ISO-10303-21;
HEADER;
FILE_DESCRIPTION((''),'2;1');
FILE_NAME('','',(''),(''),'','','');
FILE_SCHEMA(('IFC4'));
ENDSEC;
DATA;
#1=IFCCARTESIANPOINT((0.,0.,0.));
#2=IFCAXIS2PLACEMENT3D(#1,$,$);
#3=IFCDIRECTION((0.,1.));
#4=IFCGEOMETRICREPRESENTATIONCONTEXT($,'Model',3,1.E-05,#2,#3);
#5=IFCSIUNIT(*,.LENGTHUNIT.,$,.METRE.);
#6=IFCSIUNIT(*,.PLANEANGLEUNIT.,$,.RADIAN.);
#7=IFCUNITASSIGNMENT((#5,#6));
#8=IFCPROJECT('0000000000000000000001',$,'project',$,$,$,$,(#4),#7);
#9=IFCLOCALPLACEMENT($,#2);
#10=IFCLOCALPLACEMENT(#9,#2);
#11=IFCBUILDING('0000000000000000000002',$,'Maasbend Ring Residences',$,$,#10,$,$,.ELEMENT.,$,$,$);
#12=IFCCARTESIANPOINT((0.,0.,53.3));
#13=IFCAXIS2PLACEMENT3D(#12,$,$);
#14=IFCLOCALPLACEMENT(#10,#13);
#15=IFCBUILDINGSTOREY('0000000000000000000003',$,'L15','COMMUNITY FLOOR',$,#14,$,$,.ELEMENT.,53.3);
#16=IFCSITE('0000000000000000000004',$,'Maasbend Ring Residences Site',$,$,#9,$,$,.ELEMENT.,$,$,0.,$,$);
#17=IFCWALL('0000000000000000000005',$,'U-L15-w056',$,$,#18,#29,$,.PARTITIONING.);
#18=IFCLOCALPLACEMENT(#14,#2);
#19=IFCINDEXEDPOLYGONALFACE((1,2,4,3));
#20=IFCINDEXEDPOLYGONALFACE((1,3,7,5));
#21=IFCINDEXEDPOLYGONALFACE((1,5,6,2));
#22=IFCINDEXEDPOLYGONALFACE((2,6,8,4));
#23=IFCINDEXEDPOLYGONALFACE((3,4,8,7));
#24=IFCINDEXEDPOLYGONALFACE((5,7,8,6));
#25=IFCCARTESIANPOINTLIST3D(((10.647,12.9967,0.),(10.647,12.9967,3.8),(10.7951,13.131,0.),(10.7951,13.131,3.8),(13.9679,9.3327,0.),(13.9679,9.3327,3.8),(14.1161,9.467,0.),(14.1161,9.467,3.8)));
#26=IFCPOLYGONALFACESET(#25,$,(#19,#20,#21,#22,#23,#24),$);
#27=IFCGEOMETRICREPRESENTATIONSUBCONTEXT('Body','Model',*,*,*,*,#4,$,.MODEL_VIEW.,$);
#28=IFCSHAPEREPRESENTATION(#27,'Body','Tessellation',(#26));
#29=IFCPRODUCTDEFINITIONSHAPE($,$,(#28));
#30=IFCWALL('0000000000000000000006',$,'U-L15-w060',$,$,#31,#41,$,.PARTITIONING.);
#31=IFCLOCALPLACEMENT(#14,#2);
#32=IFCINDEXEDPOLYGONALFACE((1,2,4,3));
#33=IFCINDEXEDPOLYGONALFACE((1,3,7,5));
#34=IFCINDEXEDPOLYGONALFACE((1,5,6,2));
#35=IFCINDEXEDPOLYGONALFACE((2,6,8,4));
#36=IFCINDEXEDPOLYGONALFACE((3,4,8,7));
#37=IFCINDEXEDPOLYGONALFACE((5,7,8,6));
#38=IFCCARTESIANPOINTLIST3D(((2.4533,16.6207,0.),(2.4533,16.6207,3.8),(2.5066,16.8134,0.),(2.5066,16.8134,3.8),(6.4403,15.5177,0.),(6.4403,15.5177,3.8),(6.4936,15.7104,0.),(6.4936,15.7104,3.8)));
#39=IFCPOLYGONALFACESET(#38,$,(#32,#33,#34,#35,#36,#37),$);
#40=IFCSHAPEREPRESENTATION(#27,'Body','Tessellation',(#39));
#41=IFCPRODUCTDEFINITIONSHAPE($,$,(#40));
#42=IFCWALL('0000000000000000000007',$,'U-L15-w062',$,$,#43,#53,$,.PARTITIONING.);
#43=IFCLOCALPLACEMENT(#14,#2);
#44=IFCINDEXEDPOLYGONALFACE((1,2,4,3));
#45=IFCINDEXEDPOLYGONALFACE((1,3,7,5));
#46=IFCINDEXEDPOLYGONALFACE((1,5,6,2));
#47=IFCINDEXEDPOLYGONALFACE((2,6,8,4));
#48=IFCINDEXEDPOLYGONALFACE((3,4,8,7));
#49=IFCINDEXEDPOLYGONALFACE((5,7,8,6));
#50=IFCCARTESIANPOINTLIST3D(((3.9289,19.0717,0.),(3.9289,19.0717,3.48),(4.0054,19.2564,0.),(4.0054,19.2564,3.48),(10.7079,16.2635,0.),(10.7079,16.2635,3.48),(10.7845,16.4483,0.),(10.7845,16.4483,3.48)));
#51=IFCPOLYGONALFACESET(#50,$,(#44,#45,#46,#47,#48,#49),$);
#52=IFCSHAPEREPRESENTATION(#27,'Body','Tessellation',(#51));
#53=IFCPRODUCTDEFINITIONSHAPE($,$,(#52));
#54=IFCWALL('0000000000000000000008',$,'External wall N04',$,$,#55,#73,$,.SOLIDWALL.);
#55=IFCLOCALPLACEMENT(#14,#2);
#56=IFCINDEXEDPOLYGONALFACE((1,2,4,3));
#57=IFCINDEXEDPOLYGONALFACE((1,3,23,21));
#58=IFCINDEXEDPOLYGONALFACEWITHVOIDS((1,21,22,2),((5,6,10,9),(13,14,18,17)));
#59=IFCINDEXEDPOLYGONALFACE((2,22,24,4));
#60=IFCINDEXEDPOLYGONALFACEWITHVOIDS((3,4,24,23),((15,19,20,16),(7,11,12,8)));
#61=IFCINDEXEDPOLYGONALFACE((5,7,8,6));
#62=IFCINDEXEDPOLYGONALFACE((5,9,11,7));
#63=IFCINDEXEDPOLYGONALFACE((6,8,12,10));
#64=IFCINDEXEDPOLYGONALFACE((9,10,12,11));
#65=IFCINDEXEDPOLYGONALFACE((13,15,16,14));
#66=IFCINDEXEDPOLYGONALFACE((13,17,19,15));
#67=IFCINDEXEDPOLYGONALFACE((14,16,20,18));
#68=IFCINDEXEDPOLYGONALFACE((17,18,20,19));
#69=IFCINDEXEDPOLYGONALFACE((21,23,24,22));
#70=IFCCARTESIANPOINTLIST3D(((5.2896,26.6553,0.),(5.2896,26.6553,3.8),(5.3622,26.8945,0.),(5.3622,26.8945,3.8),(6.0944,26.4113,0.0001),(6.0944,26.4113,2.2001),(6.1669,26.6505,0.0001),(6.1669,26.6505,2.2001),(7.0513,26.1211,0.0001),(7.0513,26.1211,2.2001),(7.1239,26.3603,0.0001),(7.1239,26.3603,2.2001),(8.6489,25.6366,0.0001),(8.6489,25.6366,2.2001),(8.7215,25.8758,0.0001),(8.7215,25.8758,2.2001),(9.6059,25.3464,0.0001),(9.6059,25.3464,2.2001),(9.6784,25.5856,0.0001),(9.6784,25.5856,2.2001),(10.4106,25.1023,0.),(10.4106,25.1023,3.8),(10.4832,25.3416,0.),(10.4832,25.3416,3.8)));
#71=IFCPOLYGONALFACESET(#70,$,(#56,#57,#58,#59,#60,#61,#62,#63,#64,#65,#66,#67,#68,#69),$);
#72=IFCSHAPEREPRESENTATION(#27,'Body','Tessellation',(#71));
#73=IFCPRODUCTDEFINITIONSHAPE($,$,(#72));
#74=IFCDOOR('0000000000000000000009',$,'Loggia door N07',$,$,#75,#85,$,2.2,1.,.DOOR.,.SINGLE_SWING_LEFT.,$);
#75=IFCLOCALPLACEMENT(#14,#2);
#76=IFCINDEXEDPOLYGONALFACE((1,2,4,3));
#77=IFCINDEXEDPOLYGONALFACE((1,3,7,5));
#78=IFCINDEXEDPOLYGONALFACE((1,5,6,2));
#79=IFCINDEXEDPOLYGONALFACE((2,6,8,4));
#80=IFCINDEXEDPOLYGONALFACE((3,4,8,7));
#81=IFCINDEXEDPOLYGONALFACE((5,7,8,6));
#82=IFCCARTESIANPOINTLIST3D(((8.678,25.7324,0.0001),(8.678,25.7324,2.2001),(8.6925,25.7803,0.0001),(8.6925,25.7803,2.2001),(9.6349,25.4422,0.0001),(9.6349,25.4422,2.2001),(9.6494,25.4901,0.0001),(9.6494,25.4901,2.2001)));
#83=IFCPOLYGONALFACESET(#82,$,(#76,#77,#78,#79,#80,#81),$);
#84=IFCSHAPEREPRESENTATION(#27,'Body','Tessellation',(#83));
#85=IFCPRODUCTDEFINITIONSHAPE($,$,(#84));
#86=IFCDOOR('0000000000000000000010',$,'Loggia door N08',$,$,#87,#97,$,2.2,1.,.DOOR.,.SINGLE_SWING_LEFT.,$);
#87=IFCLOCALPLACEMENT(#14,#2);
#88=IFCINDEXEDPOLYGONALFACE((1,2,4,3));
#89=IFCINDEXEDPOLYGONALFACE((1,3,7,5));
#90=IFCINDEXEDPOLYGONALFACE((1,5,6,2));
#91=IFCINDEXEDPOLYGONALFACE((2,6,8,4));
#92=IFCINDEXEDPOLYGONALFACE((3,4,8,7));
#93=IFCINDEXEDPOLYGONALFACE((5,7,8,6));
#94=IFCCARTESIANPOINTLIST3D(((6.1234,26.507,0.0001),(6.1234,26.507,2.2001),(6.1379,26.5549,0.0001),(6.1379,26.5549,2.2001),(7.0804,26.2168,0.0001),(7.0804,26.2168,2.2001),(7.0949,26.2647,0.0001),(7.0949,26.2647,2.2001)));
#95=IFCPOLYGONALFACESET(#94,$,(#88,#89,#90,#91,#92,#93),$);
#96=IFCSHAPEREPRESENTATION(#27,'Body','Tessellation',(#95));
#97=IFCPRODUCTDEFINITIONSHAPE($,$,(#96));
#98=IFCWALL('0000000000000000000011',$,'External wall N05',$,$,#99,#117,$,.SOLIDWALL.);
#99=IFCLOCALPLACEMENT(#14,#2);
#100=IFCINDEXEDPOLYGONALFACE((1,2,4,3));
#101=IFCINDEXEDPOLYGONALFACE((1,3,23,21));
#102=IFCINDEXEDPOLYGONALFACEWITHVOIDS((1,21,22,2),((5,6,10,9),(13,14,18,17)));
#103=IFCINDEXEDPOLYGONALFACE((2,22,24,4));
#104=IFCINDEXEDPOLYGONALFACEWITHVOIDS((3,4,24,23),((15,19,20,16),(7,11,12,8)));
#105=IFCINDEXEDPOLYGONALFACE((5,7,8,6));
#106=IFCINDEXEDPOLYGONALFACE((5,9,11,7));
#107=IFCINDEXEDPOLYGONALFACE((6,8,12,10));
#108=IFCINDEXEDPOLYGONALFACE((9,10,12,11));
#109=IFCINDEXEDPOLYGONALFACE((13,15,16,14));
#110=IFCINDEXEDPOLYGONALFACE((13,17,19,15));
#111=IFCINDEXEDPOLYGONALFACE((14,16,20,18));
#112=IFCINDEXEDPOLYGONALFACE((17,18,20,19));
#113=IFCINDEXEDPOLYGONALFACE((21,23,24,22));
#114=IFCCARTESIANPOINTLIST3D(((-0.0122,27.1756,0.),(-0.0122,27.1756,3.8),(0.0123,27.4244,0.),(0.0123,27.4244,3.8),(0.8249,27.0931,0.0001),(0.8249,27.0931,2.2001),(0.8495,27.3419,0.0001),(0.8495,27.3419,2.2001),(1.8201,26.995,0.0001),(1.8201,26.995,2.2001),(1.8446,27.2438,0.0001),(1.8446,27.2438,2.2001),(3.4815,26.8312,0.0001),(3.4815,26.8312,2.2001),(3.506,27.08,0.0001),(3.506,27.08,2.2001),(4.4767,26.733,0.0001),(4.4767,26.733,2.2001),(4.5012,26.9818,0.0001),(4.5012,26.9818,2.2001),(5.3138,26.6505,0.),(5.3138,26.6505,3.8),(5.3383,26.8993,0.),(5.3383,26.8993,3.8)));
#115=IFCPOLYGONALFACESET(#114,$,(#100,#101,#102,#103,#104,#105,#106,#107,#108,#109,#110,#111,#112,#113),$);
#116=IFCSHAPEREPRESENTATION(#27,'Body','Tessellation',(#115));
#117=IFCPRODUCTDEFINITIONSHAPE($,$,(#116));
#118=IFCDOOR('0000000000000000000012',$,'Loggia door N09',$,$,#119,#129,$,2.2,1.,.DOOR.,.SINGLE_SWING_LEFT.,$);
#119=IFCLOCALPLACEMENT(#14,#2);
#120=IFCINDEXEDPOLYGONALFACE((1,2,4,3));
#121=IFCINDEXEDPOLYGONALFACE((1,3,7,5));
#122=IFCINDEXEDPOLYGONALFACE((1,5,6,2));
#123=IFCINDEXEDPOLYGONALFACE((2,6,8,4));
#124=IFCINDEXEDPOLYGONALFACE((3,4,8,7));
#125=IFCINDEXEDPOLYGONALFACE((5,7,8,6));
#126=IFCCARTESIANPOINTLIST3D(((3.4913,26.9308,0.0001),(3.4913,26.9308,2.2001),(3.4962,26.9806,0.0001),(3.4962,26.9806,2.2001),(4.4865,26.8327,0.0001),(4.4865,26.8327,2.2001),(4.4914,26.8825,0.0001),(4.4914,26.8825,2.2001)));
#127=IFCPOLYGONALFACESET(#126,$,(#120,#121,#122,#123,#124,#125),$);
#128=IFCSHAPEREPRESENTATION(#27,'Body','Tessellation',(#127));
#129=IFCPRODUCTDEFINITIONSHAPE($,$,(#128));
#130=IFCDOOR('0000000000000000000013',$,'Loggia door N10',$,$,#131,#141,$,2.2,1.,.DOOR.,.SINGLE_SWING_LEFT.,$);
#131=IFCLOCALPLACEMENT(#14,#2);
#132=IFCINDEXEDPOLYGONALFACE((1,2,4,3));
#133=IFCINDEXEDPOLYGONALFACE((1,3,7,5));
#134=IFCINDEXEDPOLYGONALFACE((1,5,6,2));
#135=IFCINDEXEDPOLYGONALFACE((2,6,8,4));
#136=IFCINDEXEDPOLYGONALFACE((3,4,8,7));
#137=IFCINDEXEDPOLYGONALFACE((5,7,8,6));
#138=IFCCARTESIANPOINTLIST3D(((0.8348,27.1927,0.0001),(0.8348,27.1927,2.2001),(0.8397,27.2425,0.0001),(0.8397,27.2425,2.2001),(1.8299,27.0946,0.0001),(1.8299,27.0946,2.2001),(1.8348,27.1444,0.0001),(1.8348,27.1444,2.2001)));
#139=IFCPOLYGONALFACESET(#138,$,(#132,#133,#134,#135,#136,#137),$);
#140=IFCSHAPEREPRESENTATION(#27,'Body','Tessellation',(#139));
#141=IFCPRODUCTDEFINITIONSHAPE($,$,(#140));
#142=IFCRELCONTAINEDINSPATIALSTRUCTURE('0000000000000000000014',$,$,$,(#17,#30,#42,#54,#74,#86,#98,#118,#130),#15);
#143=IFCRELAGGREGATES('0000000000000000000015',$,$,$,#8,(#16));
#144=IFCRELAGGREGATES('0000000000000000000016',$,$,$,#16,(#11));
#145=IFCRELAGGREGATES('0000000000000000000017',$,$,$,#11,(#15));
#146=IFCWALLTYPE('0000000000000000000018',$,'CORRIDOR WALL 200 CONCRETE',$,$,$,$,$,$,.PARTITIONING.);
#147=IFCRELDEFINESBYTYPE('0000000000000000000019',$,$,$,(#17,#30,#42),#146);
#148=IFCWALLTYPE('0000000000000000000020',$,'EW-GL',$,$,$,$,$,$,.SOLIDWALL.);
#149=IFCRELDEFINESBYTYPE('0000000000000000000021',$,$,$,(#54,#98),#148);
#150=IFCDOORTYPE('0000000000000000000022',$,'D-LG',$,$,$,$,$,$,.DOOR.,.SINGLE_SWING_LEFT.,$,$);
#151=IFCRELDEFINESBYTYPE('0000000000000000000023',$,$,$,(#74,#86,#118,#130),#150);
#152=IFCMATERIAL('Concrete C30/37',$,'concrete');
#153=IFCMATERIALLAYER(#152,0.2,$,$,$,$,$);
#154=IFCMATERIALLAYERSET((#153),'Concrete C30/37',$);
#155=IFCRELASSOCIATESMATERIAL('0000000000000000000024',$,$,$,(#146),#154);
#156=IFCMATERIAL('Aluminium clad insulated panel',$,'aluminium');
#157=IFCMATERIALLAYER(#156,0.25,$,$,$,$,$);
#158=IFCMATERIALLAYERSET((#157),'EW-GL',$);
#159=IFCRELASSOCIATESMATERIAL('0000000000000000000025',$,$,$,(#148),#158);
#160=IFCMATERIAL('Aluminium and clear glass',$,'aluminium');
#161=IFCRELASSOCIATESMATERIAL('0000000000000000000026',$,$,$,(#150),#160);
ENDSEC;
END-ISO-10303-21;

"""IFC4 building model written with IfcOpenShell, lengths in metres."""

from ifc_helpers import new_model, si_unit, direction, frame, frame_2d, origin, place, context, subcontext, project, spatial, rectangle, extrude, material, layer, layer_set, type_object, element, fill, save


model = new_model("IFC4")

# Units and contexts
model_context = context("Model", 3, precision=1e-05, world=origin(), true_north=direction((0.0, 1.0)))
body_context = subcontext(model_context, "Body", "Model", "MODEL_VIEW")
ifc_project = project(units=[si_unit("LENGTHUNIT", "METRE"), si_unit("PLANEANGLEUNIT", "RADIAN")], contexts=[model_context])

# Site, building, storey
site_placement = place(None, origin())
site = spatial("IfcSite", under=ifc_project, at=site_placement, Name="Maasbend Ring Residences Site", CompositionType="ELEMENT", RefElevation=0.0)
building_placement = place(site_placement, origin())
building = spatial("IfcBuilding", under=site, at=building_placement, Name="Maasbend Ring Residences", CompositionType="ELEMENT")
storey_placement = place(building_placement, frame((0.0, 0.0, 53.3)))
storey = spatial("IfcBuildingStorey", under=building, at=storey_placement, Name="L15", Description="COMMUNITY FLOOR", CompositionType="ELEMENT", Elevation=53.3)

# Shared definitions
ifc_material_1 = material(Name="Concrete C30/37", Category="concrete")
ifc_layer_1 = layer(ifc_material_1, 0.2)
ifc_layer_set_1 = layer_set([ifc_layer_1], Name="Concrete C30/37")
wall_type_1 = type_object("IfcWallType", Name="CORRIDOR WALL 200 CONCRETE", PredefinedType="PARTITIONING", material=ifc_layer_set_1)

# Walls
wall_1_placement = place(storey_placement, frame((10.7209, 13.064, 0.0), z_axis=(0.0, 0.0, 1.0), x_axis=(0.671574, -0.740938, 0.0)))
element("IfcWall", 1, at=wall_1_placement, inside=storey, type_object=wall_type_1, Name="U-L15-w056", PredefinedType="PARTITIONING", context=body_context, shape_type="SweptSolid", body=[
    extrude(rectangle(XDim=4.9451, YDim=0.2, at=frame_2d((2.4727, 0.0))), origin(), (0.0, 0.0, 1.0), 3.8),
])
wall_2_placement = place(storey_placement, frame((2.48, 16.717, 0.0), z_axis=(0.0, 0.0, 1.0), x_axis=(0.963797, -0.266636, 0.0)))
element("IfcWall", 2, at=wall_2_placement, inside=storey, type_object=wall_type_1, Name="U-L15-w060", PredefinedType="PARTITIONING", context=body_context, shape_type="SweptSolid", body=[
    extrude(rectangle(XDim=4.1367, YDim=0.2, at=frame_2d((2.0684, 0.0))), origin(), (0.0, 0.0, 1.0), 3.8),
])
wall_3_placement = place(storey_placement, frame((3.967, 19.1641, 0.0), z_axis=(0.0, 0.0, 1.0), x_axis=(0.923873, -0.382699, 0.0)))
element("IfcWall", 3, at=wall_3_placement, inside=storey, type_object=wall_type_1, Name="U-L15-w062", PredefinedType="PARTITIONING", context=body_context, shape_type="SweptSolid", body=[
    extrude(rectangle(XDim=7.3376, YDim=0.2, at=frame_2d((3.6689, 0.0))), origin(), (0.0, 0.0, 1.0), 3.48),
])

# Walls, openings, doors
ifc_material_2 = material(Name="Aluminium clad insulated panel", Category="aluminium")
ifc_layer_2 = layer(ifc_material_2, 0.25)
ifc_layer_set_2 = layer_set([ifc_layer_2], Name="EW-GL")
wall_type_2 = type_object("IfcWallType", Name="EW-GL", PredefinedType="SOLIDWALL", material=ifc_layer_set_2)
wall_4_placement = place(storey_placement, frame((10.447, 25.2219, 0.0), z_axis=(0.0, 0.0, 1.0), x_axis=(-0.956966, 0.290201, 0.0)))
wall_4 = element("IfcWall", 4, at=wall_4_placement, inside=storey, type_object=wall_type_2, Name="External wall N04", PredefinedType="SOLIDWALL", context=body_context, shape_type="SweptSolid", body=[
    extrude(rectangle(XDim=5.3513, YDim=0.25, at=frame_2d((2.6758, 0.0))), origin(), (0.0, 0.0, 1.0), 3.8),
])
opening_1_placement = place(wall_4_placement, frame((0.8411, 0.0, 0.0)))
opening_1 = element("IfcOpeningElement", 5, at=opening_1_placement, cuts=wall_4, PredefinedType="OPENING", context=body_context, shape_type="SweptSolid", body=[
    extrude(rectangle(XDim=1.0, YDim=2.2, at=frame_2d((0.5, 1.1001))), frame((0.0, 0.135, 0.0), z_axis=(0.0, -1.0, 0.0), x_axis=(1.0, 0.0, 0.0)), (0.0, 0.0, 1.0), 0.27),
])
opening_2_placement = place(wall_4_placement, frame((3.5105, 0.0, 0.0)))
opening_2 = element("IfcOpeningElement", 6, at=opening_2_placement, cuts=wall_4, PredefinedType="OPENING", context=body_context, shape_type="SweptSolid", body=[
    extrude(rectangle(XDim=1.0, YDim=2.2, at=frame_2d((0.5, 1.1001))), frame((0.0, 0.135, 0.0), z_axis=(0.0, -1.0, 0.0), x_axis=(1.0, 0.0, 0.0)), (0.0, 0.0, 1.0), 0.27),
])
ifc_material_3 = material(Name="Aluminium and clear glass", Category="aluminium")
door_type_1 = type_object("IfcDoorType", Name="D-LG", OperationType="SINGLE_SWING_LEFT", PredefinedType="DOOR", material=ifc_material_3)
door_1_placement = place(opening_1_placement, origin())
door_1 = element("IfcDoor", 7, at=door_1_placement, inside=storey, type_object=door_type_1, Name="Loggia door N07", OperationType="SINGLE_SWING_LEFT", OverallHeight=2.2, OverallWidth=1.0, PredefinedType="DOOR", context=body_context, shape_type="SweptSolid", body=[
    extrude(rectangle(XDim=1.0, YDim=2.2, at=frame_2d((0.5, 1.1001))), frame((0.0, 0.0249, 0.0), z_axis=(0.0, -1.0, 0.0), x_axis=(1.0, 0.0, 0.0)), (0.0, 0.0, 1.0), 0.05),
])
fill(opening_1, door_1)
door_2_placement = place(opening_2_placement, origin())
door_2 = element("IfcDoor", 8, at=door_2_placement, inside=storey, type_object=door_type_1, Name="Loggia door N08", OperationType="SINGLE_SWING_LEFT", OverallHeight=2.2, OverallWidth=1.0, PredefinedType="DOOR", context=body_context, shape_type="SweptSolid", body=[
    extrude(rectangle(XDim=1.0, YDim=2.2, at=frame_2d((0.5, 1.1001))), frame((0.0, 0.0249, 0.0), z_axis=(0.0, -1.0, 0.0), x_axis=(1.0, 0.0, 0.0)), (0.0, 0.0, 1.0), 0.05),
])
fill(opening_2, door_2)
wall_5_placement = place(storey_placement, frame((5.3259, 26.7749, 0.0), z_axis=(0.0, 0.0, 1.0), x_axis=(-0.995174, 0.098126, 0.0)))
wall_5 = element("IfcWall", 9, at=wall_5_placement, inside=storey, type_object=wall_type_2, Name="External wall N05", PredefinedType="SOLIDWALL", context=body_context, shape_type="SweptSolid", body=[
    extrude(rectangle(XDim=5.3518, YDim=0.25, at=frame_2d((2.6758, 0.0))), origin(), (0.0, 0.0, 1.0), 3.8),
])
opening_3_placement = place(wall_5_placement, frame((0.8411, 0.0, 0.0)))
opening_3 = element("IfcOpeningElement", 10, at=opening_3_placement, cuts=wall_5, PredefinedType="OPENING", context=body_context, shape_type="SweptSolid", body=[
    extrude(rectangle(XDim=1.0, YDim=2.2, at=frame_2d((0.5, 1.1001))), frame((0.0, 0.135, 0.0), z_axis=(0.0, -1.0, 0.0), x_axis=(1.0, 0.0, 0.0)), (0.0, 0.0, 1.0), 0.27),
])
opening_4_placement = place(wall_5_placement, frame((3.5105, 0.0, 0.0)))
opening_4 = element("IfcOpeningElement", 11, at=opening_4_placement, cuts=wall_5, PredefinedType="OPENING", context=body_context, shape_type="SweptSolid", body=[
    extrude(rectangle(XDim=1.0, YDim=2.2, at=frame_2d((0.5, 1.1001))), frame((0.0, 0.135, 0.0), z_axis=(0.0, -1.0, 0.0), x_axis=(1.0, 0.0, 0.0)), (0.0, 0.0, 1.0), 0.27),
])
door_3_placement = place(opening_3_placement, origin())
door_3 = element("IfcDoor", 12, at=door_3_placement, inside=storey, type_object=door_type_1, Name="Loggia door N09", OperationType="SINGLE_SWING_LEFT", OverallHeight=2.2, OverallWidth=1.0, PredefinedType="DOOR", context=body_context, shape_type="SweptSolid", body=[
    extrude(rectangle(XDim=1.0, YDim=2.2, at=frame_2d((0.5, 1.1001))), frame((0.0, 0.0249, 0.0), z_axis=(0.0, -1.0, 0.0), x_axis=(1.0, 0.0, 0.0)), (0.0, 0.0, 1.0), 0.05),
])
fill(opening_3, door_3)
door_4_placement = place(opening_4_placement, origin())
door_4 = element("IfcDoor", 13, at=door_4_placement, inside=storey, type_object=door_type_1, Name="Loggia door N10", OperationType="SINGLE_SWING_LEFT", OverallHeight=2.2, OverallWidth=1.0, PredefinedType="DOOR", context=body_context, shape_type="SweptSolid", body=[
    extrude(rectangle(XDim=1.0, YDim=2.2, at=frame_2d((0.5, 1.1001))), frame((0.0, 0.0249, 0.0), z_axis=(0.0, -1.0, 0.0), x_axis=(1.0, 0.0, 0.0)), (0.0, 0.0, 1.0), 0.05),
])
fill(opening_4, door_4)

save(model, "model.ifc")
